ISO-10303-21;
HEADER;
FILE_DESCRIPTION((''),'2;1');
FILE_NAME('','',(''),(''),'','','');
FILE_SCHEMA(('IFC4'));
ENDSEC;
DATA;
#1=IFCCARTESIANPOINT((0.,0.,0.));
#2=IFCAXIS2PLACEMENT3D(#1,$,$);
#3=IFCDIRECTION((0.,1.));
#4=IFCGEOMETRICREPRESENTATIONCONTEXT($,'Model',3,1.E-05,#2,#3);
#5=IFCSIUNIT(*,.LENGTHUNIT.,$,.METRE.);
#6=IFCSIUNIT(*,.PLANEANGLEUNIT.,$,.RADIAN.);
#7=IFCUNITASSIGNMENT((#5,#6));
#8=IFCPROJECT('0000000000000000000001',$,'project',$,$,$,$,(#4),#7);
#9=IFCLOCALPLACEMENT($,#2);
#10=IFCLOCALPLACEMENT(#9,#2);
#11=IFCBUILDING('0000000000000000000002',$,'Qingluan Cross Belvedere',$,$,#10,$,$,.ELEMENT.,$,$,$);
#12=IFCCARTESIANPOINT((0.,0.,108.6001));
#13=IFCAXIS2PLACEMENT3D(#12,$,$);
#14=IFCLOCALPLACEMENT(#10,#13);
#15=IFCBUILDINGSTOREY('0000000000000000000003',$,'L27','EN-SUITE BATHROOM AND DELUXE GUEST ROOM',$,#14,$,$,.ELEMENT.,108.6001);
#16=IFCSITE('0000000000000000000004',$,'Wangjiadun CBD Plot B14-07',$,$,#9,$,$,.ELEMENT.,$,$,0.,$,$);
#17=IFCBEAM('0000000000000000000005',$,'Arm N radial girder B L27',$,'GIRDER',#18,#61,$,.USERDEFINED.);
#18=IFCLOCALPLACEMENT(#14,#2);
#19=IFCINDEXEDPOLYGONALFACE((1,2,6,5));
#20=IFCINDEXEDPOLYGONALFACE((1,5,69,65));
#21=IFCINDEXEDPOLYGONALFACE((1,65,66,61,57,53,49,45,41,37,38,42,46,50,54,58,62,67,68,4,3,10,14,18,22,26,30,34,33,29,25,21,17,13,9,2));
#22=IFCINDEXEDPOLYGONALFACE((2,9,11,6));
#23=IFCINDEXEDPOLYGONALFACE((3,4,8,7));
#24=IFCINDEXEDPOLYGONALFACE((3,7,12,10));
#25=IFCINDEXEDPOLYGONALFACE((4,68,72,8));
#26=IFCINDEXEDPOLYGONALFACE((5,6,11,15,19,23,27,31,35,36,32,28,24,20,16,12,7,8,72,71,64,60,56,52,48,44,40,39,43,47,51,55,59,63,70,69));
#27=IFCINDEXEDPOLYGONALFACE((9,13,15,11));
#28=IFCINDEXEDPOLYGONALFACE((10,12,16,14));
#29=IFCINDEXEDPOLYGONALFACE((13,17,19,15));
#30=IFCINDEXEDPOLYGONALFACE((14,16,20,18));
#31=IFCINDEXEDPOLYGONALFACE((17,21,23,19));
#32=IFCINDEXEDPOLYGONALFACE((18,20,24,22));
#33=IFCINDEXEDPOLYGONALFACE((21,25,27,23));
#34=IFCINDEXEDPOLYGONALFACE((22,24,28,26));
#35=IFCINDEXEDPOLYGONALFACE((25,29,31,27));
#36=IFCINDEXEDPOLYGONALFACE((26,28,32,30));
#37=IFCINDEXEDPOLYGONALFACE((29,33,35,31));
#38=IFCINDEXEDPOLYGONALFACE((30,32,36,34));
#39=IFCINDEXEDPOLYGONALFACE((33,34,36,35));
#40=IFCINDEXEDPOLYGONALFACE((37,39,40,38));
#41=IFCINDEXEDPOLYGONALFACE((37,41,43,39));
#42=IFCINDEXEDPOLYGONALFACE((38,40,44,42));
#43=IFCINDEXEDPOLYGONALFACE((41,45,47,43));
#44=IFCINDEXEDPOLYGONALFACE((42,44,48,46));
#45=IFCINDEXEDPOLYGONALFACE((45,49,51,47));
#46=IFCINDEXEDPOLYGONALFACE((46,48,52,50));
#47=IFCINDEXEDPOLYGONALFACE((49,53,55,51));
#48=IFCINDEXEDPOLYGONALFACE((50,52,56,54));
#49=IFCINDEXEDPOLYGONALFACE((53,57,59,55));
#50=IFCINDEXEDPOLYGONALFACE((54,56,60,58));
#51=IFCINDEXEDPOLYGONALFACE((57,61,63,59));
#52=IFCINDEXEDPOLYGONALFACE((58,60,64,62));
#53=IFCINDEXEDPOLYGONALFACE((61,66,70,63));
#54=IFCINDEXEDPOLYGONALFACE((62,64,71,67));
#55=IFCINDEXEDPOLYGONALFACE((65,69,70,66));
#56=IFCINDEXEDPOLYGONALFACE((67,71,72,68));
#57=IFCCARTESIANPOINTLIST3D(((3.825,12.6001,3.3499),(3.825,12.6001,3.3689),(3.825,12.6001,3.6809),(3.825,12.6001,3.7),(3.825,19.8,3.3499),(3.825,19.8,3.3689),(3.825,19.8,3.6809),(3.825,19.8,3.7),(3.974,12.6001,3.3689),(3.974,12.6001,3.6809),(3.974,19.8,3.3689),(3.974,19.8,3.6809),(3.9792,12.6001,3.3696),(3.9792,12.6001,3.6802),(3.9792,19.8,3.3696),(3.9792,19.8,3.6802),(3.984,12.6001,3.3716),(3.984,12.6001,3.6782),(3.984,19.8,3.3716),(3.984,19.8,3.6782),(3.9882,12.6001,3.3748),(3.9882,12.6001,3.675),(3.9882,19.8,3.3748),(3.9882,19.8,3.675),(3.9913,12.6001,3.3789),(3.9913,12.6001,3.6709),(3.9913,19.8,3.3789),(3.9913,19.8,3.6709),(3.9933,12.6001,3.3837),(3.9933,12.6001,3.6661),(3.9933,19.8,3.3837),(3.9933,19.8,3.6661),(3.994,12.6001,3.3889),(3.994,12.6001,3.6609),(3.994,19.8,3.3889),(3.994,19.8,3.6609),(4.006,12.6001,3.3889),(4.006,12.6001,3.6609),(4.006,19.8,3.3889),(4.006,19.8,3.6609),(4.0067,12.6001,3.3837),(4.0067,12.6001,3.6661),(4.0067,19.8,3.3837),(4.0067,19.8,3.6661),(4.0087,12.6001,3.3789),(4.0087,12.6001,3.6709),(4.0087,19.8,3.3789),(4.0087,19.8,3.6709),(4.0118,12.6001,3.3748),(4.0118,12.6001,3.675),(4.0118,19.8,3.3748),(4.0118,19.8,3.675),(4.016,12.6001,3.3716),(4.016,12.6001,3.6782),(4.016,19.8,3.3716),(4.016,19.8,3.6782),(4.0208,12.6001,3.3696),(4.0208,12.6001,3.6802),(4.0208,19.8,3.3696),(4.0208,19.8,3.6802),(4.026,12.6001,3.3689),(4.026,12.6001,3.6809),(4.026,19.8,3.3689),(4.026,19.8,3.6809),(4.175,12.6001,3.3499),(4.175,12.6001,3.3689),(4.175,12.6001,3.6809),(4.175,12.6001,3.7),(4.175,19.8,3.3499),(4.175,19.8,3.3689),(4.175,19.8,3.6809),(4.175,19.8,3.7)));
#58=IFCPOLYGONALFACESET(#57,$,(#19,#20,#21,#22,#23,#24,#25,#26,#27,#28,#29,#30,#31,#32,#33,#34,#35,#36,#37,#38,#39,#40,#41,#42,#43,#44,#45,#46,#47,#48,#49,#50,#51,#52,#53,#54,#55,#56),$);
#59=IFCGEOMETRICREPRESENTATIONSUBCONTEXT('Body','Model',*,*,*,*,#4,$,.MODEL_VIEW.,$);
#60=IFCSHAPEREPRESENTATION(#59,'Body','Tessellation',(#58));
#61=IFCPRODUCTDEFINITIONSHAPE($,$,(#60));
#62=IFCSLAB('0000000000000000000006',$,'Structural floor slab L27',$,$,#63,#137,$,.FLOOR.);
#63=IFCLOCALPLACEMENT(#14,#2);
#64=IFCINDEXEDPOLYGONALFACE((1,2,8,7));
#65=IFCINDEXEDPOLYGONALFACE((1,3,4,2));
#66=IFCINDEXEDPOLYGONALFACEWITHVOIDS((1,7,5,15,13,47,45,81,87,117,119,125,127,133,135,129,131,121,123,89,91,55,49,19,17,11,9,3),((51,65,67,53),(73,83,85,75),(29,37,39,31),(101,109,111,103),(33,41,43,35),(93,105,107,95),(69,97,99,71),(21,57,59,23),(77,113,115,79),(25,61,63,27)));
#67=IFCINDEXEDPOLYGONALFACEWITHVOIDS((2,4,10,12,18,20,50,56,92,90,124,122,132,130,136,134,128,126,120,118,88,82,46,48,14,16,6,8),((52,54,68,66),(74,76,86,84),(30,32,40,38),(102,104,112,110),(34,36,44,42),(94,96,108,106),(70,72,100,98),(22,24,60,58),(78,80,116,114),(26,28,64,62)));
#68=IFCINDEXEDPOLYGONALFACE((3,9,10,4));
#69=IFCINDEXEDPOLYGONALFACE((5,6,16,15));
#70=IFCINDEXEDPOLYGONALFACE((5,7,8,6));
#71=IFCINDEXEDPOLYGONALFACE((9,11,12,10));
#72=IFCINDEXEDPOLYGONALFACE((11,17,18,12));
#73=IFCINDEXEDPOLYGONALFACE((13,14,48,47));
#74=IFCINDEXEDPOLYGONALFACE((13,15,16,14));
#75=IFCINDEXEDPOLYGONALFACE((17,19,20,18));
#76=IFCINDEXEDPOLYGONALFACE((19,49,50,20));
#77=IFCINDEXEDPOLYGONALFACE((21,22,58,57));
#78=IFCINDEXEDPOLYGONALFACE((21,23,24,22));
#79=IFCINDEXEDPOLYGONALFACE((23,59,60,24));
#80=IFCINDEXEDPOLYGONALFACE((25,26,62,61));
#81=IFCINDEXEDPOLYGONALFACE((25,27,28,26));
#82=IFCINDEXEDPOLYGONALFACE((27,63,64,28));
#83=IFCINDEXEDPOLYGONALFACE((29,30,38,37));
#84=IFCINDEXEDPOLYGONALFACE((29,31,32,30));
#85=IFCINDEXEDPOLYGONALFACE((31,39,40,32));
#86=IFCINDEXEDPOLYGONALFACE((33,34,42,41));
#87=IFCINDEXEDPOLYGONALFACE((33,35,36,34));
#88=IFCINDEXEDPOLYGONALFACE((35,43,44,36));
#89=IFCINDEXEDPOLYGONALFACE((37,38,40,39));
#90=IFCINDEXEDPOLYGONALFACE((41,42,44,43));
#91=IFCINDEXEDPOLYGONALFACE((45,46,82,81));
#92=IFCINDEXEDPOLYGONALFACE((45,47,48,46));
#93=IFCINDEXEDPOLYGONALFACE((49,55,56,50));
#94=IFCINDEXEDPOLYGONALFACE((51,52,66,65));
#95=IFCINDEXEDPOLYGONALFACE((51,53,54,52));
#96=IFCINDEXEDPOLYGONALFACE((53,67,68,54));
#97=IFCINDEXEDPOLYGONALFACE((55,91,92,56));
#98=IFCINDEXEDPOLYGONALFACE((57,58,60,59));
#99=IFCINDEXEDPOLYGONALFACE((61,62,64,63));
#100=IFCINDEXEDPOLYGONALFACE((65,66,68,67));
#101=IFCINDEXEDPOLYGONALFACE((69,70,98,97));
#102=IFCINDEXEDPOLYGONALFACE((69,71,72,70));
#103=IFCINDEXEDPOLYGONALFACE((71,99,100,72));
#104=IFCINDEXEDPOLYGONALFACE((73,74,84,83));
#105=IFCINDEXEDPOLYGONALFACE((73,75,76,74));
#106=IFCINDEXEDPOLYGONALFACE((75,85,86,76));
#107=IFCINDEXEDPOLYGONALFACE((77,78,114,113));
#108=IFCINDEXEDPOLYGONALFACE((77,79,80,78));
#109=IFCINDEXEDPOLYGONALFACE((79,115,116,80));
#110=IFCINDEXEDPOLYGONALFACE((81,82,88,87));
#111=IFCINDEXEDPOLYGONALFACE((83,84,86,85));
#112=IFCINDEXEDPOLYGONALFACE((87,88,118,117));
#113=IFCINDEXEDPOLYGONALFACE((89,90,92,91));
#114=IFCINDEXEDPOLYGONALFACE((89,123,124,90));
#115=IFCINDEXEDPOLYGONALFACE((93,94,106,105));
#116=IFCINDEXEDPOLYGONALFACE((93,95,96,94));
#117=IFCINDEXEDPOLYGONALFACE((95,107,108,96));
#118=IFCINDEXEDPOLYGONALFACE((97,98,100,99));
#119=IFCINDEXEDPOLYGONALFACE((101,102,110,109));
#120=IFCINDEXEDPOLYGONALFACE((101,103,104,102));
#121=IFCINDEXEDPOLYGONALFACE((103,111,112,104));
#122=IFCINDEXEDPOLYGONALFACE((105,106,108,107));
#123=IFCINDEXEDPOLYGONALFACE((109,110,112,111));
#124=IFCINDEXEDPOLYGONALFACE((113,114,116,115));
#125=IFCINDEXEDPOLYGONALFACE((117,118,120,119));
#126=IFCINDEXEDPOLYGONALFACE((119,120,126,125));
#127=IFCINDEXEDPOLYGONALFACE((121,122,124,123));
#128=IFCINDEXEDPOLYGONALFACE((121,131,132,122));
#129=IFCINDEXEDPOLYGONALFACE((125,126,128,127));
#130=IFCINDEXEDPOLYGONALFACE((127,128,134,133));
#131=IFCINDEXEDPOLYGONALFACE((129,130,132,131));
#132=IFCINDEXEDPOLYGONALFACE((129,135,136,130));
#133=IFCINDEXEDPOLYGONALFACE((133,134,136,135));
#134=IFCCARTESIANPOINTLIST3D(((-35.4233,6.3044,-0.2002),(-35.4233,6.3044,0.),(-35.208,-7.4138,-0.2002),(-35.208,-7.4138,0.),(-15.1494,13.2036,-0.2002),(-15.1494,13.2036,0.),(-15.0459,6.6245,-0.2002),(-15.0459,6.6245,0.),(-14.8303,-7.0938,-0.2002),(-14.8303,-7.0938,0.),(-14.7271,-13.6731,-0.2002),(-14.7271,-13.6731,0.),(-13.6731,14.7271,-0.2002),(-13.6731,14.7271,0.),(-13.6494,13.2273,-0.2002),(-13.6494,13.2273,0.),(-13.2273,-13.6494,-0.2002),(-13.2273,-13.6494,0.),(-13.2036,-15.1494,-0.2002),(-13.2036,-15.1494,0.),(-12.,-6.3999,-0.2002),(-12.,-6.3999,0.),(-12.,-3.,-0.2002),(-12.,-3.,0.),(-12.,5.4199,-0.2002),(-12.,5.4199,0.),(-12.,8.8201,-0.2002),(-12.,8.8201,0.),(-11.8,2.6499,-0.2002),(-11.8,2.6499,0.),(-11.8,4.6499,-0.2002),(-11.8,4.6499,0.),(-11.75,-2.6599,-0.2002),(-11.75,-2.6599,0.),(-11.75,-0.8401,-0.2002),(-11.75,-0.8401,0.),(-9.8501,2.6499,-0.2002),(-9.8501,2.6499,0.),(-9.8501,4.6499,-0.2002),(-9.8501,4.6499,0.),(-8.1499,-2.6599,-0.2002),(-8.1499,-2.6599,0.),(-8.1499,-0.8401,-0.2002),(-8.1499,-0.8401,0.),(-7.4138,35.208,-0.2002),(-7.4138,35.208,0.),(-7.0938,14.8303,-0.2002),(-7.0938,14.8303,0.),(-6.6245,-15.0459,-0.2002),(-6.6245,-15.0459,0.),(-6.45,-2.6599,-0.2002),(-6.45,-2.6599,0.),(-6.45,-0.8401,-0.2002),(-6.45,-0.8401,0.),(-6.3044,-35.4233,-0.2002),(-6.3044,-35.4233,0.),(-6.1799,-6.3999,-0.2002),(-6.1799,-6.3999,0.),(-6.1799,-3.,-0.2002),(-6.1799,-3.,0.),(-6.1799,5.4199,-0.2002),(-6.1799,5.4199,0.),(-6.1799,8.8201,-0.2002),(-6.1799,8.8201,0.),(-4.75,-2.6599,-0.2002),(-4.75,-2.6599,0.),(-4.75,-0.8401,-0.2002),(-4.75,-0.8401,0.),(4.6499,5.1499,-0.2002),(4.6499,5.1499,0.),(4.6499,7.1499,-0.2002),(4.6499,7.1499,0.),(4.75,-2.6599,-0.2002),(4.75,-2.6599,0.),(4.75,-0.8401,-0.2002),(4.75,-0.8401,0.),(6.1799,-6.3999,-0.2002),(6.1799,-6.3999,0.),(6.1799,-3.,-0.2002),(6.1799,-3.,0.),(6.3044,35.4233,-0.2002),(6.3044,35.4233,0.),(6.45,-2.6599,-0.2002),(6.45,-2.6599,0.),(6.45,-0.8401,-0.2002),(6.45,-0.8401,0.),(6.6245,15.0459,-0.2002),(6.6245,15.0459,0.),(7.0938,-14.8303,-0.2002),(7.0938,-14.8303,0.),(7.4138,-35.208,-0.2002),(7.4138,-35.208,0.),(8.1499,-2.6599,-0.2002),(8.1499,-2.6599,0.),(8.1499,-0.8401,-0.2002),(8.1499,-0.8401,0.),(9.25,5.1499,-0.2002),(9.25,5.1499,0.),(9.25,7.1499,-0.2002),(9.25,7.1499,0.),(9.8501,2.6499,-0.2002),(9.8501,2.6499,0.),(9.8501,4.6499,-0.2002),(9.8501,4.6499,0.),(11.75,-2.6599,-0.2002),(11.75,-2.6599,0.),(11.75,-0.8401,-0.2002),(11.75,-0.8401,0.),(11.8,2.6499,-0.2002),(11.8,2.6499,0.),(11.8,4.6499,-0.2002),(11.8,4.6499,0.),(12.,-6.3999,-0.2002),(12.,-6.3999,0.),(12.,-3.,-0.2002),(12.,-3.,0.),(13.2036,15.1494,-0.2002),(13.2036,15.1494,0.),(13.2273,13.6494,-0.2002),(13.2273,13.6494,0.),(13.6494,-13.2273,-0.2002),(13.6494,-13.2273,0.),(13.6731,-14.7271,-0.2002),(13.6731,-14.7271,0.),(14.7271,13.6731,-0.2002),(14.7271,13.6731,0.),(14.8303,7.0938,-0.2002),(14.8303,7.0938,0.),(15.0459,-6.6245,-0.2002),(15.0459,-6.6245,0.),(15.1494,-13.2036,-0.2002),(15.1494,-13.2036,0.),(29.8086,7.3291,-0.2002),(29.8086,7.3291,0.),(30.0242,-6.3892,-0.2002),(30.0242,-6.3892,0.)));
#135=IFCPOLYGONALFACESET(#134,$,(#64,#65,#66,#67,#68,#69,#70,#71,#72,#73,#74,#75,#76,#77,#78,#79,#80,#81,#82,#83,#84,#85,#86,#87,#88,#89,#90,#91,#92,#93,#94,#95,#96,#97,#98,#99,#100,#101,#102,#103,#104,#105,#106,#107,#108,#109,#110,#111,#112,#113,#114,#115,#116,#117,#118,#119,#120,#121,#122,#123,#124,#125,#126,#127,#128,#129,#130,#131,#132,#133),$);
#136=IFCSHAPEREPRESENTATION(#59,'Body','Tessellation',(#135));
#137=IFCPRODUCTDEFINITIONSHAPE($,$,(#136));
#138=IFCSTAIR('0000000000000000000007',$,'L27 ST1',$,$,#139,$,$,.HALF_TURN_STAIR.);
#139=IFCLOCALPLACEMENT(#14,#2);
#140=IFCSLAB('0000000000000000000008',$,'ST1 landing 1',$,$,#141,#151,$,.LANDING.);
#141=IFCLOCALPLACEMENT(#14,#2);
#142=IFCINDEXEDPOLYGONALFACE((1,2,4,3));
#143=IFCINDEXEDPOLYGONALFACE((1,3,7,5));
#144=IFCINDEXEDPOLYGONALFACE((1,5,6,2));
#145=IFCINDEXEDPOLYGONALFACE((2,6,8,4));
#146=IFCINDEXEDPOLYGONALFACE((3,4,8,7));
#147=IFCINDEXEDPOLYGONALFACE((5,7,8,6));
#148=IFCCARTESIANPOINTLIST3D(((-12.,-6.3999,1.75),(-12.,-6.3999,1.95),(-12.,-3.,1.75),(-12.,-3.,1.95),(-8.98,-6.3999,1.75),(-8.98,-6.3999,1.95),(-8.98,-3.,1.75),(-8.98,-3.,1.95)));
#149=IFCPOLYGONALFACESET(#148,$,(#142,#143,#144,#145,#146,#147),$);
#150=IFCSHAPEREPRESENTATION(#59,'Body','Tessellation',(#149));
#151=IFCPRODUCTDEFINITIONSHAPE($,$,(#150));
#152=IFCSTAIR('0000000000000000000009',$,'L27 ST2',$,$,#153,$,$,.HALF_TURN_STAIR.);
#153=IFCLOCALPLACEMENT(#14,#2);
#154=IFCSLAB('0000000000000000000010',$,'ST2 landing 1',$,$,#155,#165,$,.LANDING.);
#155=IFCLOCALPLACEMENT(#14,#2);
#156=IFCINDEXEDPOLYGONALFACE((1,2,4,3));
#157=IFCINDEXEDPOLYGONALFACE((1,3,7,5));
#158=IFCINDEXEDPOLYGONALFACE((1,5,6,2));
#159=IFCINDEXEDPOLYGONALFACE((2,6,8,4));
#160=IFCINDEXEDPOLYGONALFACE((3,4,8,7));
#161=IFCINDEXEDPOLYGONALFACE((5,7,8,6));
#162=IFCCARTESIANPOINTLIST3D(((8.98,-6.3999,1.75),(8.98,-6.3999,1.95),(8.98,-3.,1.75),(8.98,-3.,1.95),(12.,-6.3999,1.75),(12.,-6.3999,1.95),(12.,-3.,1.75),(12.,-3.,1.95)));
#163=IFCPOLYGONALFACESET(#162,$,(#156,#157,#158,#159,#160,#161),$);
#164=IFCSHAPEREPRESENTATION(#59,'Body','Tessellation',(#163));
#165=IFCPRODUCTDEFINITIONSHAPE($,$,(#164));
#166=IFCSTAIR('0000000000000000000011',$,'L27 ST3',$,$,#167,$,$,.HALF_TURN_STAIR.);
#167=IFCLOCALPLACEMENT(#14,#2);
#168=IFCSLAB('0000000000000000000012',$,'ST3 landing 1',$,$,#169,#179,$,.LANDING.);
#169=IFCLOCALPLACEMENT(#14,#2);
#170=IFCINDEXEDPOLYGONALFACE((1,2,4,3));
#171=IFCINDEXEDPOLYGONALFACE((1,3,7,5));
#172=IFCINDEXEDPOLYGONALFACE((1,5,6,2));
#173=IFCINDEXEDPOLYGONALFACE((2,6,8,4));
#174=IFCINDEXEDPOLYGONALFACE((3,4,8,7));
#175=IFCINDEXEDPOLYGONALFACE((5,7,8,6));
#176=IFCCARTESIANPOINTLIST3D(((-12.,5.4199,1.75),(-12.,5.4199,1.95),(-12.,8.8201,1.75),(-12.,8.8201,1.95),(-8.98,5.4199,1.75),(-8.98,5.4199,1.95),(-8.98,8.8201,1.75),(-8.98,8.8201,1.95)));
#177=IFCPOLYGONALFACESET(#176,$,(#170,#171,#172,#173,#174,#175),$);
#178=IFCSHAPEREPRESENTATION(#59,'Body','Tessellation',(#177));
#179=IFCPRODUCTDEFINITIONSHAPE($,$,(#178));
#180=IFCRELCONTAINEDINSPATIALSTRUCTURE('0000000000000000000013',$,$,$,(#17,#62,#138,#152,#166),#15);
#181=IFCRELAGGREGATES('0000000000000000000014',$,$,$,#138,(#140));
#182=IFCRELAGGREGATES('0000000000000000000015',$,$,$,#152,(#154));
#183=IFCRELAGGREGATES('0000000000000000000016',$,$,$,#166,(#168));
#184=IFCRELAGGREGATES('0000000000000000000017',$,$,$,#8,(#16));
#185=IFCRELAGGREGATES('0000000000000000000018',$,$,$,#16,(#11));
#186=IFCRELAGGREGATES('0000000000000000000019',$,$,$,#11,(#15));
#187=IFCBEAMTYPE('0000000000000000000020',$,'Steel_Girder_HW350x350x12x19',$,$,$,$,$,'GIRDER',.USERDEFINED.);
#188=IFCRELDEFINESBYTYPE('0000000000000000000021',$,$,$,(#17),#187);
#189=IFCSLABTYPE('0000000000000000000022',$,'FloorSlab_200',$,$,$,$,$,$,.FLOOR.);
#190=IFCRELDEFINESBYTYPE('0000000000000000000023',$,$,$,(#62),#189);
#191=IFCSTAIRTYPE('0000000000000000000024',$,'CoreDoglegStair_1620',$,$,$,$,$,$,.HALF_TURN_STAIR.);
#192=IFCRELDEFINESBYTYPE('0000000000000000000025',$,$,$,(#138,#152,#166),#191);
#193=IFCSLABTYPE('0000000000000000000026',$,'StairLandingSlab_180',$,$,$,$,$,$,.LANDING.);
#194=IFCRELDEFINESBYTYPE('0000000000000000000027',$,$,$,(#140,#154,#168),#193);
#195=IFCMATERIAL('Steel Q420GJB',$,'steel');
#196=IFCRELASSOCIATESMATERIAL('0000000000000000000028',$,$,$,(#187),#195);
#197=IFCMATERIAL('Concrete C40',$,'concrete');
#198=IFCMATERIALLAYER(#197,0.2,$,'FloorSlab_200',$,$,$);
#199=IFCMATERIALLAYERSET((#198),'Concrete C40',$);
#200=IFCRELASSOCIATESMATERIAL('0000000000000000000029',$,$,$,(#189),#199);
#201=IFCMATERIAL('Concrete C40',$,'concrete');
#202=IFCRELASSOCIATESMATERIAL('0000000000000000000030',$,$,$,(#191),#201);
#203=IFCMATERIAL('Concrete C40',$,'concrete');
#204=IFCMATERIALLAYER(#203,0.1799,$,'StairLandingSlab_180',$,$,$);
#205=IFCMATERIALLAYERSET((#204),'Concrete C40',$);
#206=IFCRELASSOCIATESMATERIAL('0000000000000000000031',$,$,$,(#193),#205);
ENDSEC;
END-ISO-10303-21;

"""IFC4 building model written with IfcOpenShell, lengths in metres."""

from ifc_helpers import new_model, si_unit, direction, frame, origin, origin_2d, place, context, subcontext, project, spatial, polyline, i_section, outline, extrude, material, layer, layer_set, material_profile, profile_set, type_object, element, aggregate, save


model = new_model("IFC4")

# Units and contexts
model_context = context("Model", 3, precision=1e-05, world=origin(), true_north=direction((0.0, 1.0)))
body_context = subcontext(model_context, "Body", "Model", "MODEL_VIEW")
ifc_project = project(units=[si_unit("LENGTHUNIT", "METRE"), si_unit("PLANEANGLEUNIT", "RADIAN")], contexts=[model_context])

# Site, building, storey
site_placement = place(None, origin())
site = spatial("IfcSite", under=ifc_project, at=site_placement, Name="Wangjiadun CBD Plot B14-07", CompositionType="ELEMENT", RefElevation=0.0)
building_placement = place(site_placement, origin())
building = spatial("IfcBuilding", under=site, at=building_placement, Name="Qingluan Cross Belvedere", CompositionType="ELEMENT")
storey_placement = place(building_placement, frame((0.0, 0.0, 108.6001)))
storey = spatial("IfcBuildingStorey", under=building, at=storey_placement, Name="L27", Description="EN-SUITE BATHROOM AND DELUXE GUEST ROOM", CompositionType="ELEMENT", Elevation=108.6001)

# Beam
ifc_material_1 = material(Name="Steel Q420GJB", Category="steel")
ifc_material_profile_1 = material_profile(ifc_material_1, i_section(OverallWidth=0.3501, OverallDepth=0.3501, WebThickness=0.012, FlangeThickness=0.019, FilletRadius=0.02, at=origin_2d()), Name="HW350x350x12x19")
ifc_profile_set_1 = profile_set([ifc_material_profile_1], Name="Steel Q420GJB")
beam_type = type_object("IfcBeamType", Name="Steel_Girder_HW350x350x12x19", ElementType="GIRDER", PredefinedType="USERDEFINED", material=ifc_profile_set_1)
beam_1_placement = place(storey_placement, frame((4.0, 12.6001, 3.5249), z_axis=(0.0, 1.0, 0.0), x_axis=(-1.0, 0.0, 0.0)))
element("IfcBeam", 1, at=beam_1_placement, inside=storey, type_object=beam_type, Name="Arm N radial girder B L27", ObjectType="GIRDER", PredefinedType="USERDEFINED", context=body_context, shape_type="SweptSolid", body=[
    extrude(i_section(OverallWidth=0.3501, OverallDepth=0.3501, WebThickness=0.012, FlangeThickness=0.019, FilletRadius=0.02, at=origin_2d()), origin(), (0.0, 0.0, 1.0), 7.2),
])

# Slab
ifc_material_2 = material(Name="Concrete C40", Category="concrete")
ifc_layer_1 = layer(ifc_material_2, 0.2, Name="FloorSlab_200")
ifc_layer_set_1 = layer_set([ifc_layer_1], Name="Concrete C40")
slab_type_1 = type_object("IfcSlabType", Name="FloorSlab_200", PredefinedType="FLOOR", material=ifc_layer_set_1)
slab_1_placement = place(storey_placement, frame((0.0, 0.0, -0.2002)))
element("IfcSlab", 2, at=slab_1_placement, inside=storey, type_object=slab_type_1, Name="Structural floor slab L27", PredefinedType="FLOOR", context=body_context, shape_type="SweptSolid", body=[
    extrude(outline(polyline([(7.4138, -35.208), (7.0938, -14.8303), (13.6731, -14.7271), (13.6494, -13.2273), (15.1494, -13.2036), (15.0459, -6.6245), (30.0242, -6.3892), (29.8086, 7.3291), (14.8303, 7.0938), (14.7271, 13.6731), (13.2273, 13.6494), (13.2036, 15.1494), (6.6245, 15.0459), (6.3044, 35.4233), (-7.4138, 35.208), (-7.0938, 14.8303), (-13.6731, 14.7271), (-13.6494, 13.2273), (-15.1494, 13.2036), (-15.0459, 6.6245), (-35.4233, 6.3044), (-35.208, -7.4138), (-14.8303, -7.0938), (-14.7271, -13.6731), (-13.2273, -13.6494), (-13.2036, -15.1494), (-6.6245, -15.0459), (-6.3044, -35.4233), (7.4138, -35.208)]), holes=[polyline([(-12.0, -3.0), (-6.1799, -3.0), (-6.1799, -6.3999), (-12.0, -6.3999), (-12.0, -3.0)]), polyline([(6.1799, -3.0), (12.0, -3.0), (12.0, -6.3999), (6.1799, -6.3999), (6.1799, -3.0)]), polyline([(-12.0, 8.8201), (-6.1799, 8.8201), (-6.1799, 5.4199), (-12.0, 5.4199), (-12.0, 8.8201)]), polyline([(-11.8, 4.6499), (-9.8501, 4.6499), (-9.8501, 2.6499), (-11.8, 2.6499), (-11.8, 4.6499)]), polyline([(9.8501, 4.6499), (11.8, 4.6499), (11.8, 2.6499), (9.8501, 2.6499), (9.8501, 4.6499)]), polyline([(-11.75, -0.8401), (-8.1499, -0.8401), (-8.1499, -2.6599), (-11.75, -2.6599), (-11.75, -0.8401)]), polyline([(-6.45, -0.8401), (-4.75, -0.8401), (-4.75, -2.6599), (-6.45, -2.6599), (-6.45, -0.8401)]), polyline([(4.75, -0.8401), (6.45, -0.8401), (6.45, -2.6599), (4.75, -2.6599), (4.75, -0.8401)]), polyline([(8.1499, -0.8401), (11.75, -0.8401), (11.75, -2.6599), (8.1499, -2.6599), (8.1499, -0.8401)]), polyline([(4.6499, 7.1499), (9.25, 7.1499), (9.25, 5.1499), (4.6499, 5.1499), (4.6499, 7.1499)])]), origin(), (0.0, 0.0, 1.0), 0.2002),
])

# Stairs, slabs
ifc_material_3 = material(Name="Concrete C40", Category="concrete")
stair_type = type_object("IfcStairType", Name="CoreDoglegStair_1620", PredefinedType="HALF_TURN_STAIR", material=ifc_material_3)
stair_1_placement = place(storey_placement, origin())
stair_1 = element("IfcStair", 3, at=stair_1_placement, inside=storey, type_object=stair_type, Name="L27 ST1", PredefinedType="HALF_TURN_STAIR")
ifc_material_4 = material(Name="Concrete C40", Category="concrete")
ifc_layer_2 = layer(ifc_material_4, 0.1799, Name="StairLandingSlab_180")
ifc_layer_set_2 = layer_set([ifc_layer_2], Name="Concrete C40")
slab_type_2 = type_object("IfcSlabType", Name="StairLandingSlab_180", PredefinedType="LANDING", material=ifc_layer_set_2)
slab_2_placement = place(storey_placement, frame((0.0, 0.0, 1.75)))
slab_2 = element("IfcSlab", 4, at=slab_2_placement, type_object=slab_type_2, Name="ST1 landing 1", PredefinedType="LANDING", context=body_context, shape_type="SweptSolid", body=[
    extrude(outline(polyline([(-8.98, -3.0), (-12.0, -3.0), (-12.0, -6.3999), (-8.98, -6.3999), (-8.98, -3.0)])), origin(), (0.0, 0.0, 1.0), 0.2),
])
aggregate(stair_1, [slab_2])
stair_2_placement = place(storey_placement, origin())
stair_2 = element("IfcStair", 5, at=stair_2_placement, inside=storey, type_object=stair_type, Name="L27 ST2", PredefinedType="HALF_TURN_STAIR")
slab_3_placement = place(storey_placement, frame((0.0, 0.0, 1.75)))
slab_3 = element("IfcSlab", 6, at=slab_3_placement, type_object=slab_type_2, Name="ST2 landing 1", PredefinedType="LANDING", context=body_context, shape_type="SweptSolid", body=[
    extrude(outline(polyline([(8.98, -6.3999), (12.0, -6.3999), (12.0, -3.0), (8.98, -3.0), (8.98, -6.3999)])), origin(), (0.0, 0.0, 1.0), 0.2),
])
aggregate(stair_2, [slab_3])
stair_3_placement = place(storey_placement, origin())
stair_3 = element("IfcStair", 7, at=stair_3_placement, inside=storey, type_object=stair_type, Name="L27 ST3", PredefinedType="HALF_TURN_STAIR")
slab_4_placement = place(storey_placement, frame((0.0, 0.0, 1.75)))
slab_4 = element("IfcSlab", 8, at=slab_4_placement, type_object=slab_type_2, Name="ST3 landing 1", PredefinedType="LANDING", context=body_context, shape_type="SweptSolid", body=[
    extrude(outline(polyline([(-8.98, 8.8201), (-12.0, 8.8201), (-12.0, 5.4199), (-8.98, 5.4199), (-8.98, 8.8201)])), origin(), (0.0, 0.0, 1.0), 0.2),
])
aggregate(stair_3, [slab_4])

save(model, "model.ifc")
